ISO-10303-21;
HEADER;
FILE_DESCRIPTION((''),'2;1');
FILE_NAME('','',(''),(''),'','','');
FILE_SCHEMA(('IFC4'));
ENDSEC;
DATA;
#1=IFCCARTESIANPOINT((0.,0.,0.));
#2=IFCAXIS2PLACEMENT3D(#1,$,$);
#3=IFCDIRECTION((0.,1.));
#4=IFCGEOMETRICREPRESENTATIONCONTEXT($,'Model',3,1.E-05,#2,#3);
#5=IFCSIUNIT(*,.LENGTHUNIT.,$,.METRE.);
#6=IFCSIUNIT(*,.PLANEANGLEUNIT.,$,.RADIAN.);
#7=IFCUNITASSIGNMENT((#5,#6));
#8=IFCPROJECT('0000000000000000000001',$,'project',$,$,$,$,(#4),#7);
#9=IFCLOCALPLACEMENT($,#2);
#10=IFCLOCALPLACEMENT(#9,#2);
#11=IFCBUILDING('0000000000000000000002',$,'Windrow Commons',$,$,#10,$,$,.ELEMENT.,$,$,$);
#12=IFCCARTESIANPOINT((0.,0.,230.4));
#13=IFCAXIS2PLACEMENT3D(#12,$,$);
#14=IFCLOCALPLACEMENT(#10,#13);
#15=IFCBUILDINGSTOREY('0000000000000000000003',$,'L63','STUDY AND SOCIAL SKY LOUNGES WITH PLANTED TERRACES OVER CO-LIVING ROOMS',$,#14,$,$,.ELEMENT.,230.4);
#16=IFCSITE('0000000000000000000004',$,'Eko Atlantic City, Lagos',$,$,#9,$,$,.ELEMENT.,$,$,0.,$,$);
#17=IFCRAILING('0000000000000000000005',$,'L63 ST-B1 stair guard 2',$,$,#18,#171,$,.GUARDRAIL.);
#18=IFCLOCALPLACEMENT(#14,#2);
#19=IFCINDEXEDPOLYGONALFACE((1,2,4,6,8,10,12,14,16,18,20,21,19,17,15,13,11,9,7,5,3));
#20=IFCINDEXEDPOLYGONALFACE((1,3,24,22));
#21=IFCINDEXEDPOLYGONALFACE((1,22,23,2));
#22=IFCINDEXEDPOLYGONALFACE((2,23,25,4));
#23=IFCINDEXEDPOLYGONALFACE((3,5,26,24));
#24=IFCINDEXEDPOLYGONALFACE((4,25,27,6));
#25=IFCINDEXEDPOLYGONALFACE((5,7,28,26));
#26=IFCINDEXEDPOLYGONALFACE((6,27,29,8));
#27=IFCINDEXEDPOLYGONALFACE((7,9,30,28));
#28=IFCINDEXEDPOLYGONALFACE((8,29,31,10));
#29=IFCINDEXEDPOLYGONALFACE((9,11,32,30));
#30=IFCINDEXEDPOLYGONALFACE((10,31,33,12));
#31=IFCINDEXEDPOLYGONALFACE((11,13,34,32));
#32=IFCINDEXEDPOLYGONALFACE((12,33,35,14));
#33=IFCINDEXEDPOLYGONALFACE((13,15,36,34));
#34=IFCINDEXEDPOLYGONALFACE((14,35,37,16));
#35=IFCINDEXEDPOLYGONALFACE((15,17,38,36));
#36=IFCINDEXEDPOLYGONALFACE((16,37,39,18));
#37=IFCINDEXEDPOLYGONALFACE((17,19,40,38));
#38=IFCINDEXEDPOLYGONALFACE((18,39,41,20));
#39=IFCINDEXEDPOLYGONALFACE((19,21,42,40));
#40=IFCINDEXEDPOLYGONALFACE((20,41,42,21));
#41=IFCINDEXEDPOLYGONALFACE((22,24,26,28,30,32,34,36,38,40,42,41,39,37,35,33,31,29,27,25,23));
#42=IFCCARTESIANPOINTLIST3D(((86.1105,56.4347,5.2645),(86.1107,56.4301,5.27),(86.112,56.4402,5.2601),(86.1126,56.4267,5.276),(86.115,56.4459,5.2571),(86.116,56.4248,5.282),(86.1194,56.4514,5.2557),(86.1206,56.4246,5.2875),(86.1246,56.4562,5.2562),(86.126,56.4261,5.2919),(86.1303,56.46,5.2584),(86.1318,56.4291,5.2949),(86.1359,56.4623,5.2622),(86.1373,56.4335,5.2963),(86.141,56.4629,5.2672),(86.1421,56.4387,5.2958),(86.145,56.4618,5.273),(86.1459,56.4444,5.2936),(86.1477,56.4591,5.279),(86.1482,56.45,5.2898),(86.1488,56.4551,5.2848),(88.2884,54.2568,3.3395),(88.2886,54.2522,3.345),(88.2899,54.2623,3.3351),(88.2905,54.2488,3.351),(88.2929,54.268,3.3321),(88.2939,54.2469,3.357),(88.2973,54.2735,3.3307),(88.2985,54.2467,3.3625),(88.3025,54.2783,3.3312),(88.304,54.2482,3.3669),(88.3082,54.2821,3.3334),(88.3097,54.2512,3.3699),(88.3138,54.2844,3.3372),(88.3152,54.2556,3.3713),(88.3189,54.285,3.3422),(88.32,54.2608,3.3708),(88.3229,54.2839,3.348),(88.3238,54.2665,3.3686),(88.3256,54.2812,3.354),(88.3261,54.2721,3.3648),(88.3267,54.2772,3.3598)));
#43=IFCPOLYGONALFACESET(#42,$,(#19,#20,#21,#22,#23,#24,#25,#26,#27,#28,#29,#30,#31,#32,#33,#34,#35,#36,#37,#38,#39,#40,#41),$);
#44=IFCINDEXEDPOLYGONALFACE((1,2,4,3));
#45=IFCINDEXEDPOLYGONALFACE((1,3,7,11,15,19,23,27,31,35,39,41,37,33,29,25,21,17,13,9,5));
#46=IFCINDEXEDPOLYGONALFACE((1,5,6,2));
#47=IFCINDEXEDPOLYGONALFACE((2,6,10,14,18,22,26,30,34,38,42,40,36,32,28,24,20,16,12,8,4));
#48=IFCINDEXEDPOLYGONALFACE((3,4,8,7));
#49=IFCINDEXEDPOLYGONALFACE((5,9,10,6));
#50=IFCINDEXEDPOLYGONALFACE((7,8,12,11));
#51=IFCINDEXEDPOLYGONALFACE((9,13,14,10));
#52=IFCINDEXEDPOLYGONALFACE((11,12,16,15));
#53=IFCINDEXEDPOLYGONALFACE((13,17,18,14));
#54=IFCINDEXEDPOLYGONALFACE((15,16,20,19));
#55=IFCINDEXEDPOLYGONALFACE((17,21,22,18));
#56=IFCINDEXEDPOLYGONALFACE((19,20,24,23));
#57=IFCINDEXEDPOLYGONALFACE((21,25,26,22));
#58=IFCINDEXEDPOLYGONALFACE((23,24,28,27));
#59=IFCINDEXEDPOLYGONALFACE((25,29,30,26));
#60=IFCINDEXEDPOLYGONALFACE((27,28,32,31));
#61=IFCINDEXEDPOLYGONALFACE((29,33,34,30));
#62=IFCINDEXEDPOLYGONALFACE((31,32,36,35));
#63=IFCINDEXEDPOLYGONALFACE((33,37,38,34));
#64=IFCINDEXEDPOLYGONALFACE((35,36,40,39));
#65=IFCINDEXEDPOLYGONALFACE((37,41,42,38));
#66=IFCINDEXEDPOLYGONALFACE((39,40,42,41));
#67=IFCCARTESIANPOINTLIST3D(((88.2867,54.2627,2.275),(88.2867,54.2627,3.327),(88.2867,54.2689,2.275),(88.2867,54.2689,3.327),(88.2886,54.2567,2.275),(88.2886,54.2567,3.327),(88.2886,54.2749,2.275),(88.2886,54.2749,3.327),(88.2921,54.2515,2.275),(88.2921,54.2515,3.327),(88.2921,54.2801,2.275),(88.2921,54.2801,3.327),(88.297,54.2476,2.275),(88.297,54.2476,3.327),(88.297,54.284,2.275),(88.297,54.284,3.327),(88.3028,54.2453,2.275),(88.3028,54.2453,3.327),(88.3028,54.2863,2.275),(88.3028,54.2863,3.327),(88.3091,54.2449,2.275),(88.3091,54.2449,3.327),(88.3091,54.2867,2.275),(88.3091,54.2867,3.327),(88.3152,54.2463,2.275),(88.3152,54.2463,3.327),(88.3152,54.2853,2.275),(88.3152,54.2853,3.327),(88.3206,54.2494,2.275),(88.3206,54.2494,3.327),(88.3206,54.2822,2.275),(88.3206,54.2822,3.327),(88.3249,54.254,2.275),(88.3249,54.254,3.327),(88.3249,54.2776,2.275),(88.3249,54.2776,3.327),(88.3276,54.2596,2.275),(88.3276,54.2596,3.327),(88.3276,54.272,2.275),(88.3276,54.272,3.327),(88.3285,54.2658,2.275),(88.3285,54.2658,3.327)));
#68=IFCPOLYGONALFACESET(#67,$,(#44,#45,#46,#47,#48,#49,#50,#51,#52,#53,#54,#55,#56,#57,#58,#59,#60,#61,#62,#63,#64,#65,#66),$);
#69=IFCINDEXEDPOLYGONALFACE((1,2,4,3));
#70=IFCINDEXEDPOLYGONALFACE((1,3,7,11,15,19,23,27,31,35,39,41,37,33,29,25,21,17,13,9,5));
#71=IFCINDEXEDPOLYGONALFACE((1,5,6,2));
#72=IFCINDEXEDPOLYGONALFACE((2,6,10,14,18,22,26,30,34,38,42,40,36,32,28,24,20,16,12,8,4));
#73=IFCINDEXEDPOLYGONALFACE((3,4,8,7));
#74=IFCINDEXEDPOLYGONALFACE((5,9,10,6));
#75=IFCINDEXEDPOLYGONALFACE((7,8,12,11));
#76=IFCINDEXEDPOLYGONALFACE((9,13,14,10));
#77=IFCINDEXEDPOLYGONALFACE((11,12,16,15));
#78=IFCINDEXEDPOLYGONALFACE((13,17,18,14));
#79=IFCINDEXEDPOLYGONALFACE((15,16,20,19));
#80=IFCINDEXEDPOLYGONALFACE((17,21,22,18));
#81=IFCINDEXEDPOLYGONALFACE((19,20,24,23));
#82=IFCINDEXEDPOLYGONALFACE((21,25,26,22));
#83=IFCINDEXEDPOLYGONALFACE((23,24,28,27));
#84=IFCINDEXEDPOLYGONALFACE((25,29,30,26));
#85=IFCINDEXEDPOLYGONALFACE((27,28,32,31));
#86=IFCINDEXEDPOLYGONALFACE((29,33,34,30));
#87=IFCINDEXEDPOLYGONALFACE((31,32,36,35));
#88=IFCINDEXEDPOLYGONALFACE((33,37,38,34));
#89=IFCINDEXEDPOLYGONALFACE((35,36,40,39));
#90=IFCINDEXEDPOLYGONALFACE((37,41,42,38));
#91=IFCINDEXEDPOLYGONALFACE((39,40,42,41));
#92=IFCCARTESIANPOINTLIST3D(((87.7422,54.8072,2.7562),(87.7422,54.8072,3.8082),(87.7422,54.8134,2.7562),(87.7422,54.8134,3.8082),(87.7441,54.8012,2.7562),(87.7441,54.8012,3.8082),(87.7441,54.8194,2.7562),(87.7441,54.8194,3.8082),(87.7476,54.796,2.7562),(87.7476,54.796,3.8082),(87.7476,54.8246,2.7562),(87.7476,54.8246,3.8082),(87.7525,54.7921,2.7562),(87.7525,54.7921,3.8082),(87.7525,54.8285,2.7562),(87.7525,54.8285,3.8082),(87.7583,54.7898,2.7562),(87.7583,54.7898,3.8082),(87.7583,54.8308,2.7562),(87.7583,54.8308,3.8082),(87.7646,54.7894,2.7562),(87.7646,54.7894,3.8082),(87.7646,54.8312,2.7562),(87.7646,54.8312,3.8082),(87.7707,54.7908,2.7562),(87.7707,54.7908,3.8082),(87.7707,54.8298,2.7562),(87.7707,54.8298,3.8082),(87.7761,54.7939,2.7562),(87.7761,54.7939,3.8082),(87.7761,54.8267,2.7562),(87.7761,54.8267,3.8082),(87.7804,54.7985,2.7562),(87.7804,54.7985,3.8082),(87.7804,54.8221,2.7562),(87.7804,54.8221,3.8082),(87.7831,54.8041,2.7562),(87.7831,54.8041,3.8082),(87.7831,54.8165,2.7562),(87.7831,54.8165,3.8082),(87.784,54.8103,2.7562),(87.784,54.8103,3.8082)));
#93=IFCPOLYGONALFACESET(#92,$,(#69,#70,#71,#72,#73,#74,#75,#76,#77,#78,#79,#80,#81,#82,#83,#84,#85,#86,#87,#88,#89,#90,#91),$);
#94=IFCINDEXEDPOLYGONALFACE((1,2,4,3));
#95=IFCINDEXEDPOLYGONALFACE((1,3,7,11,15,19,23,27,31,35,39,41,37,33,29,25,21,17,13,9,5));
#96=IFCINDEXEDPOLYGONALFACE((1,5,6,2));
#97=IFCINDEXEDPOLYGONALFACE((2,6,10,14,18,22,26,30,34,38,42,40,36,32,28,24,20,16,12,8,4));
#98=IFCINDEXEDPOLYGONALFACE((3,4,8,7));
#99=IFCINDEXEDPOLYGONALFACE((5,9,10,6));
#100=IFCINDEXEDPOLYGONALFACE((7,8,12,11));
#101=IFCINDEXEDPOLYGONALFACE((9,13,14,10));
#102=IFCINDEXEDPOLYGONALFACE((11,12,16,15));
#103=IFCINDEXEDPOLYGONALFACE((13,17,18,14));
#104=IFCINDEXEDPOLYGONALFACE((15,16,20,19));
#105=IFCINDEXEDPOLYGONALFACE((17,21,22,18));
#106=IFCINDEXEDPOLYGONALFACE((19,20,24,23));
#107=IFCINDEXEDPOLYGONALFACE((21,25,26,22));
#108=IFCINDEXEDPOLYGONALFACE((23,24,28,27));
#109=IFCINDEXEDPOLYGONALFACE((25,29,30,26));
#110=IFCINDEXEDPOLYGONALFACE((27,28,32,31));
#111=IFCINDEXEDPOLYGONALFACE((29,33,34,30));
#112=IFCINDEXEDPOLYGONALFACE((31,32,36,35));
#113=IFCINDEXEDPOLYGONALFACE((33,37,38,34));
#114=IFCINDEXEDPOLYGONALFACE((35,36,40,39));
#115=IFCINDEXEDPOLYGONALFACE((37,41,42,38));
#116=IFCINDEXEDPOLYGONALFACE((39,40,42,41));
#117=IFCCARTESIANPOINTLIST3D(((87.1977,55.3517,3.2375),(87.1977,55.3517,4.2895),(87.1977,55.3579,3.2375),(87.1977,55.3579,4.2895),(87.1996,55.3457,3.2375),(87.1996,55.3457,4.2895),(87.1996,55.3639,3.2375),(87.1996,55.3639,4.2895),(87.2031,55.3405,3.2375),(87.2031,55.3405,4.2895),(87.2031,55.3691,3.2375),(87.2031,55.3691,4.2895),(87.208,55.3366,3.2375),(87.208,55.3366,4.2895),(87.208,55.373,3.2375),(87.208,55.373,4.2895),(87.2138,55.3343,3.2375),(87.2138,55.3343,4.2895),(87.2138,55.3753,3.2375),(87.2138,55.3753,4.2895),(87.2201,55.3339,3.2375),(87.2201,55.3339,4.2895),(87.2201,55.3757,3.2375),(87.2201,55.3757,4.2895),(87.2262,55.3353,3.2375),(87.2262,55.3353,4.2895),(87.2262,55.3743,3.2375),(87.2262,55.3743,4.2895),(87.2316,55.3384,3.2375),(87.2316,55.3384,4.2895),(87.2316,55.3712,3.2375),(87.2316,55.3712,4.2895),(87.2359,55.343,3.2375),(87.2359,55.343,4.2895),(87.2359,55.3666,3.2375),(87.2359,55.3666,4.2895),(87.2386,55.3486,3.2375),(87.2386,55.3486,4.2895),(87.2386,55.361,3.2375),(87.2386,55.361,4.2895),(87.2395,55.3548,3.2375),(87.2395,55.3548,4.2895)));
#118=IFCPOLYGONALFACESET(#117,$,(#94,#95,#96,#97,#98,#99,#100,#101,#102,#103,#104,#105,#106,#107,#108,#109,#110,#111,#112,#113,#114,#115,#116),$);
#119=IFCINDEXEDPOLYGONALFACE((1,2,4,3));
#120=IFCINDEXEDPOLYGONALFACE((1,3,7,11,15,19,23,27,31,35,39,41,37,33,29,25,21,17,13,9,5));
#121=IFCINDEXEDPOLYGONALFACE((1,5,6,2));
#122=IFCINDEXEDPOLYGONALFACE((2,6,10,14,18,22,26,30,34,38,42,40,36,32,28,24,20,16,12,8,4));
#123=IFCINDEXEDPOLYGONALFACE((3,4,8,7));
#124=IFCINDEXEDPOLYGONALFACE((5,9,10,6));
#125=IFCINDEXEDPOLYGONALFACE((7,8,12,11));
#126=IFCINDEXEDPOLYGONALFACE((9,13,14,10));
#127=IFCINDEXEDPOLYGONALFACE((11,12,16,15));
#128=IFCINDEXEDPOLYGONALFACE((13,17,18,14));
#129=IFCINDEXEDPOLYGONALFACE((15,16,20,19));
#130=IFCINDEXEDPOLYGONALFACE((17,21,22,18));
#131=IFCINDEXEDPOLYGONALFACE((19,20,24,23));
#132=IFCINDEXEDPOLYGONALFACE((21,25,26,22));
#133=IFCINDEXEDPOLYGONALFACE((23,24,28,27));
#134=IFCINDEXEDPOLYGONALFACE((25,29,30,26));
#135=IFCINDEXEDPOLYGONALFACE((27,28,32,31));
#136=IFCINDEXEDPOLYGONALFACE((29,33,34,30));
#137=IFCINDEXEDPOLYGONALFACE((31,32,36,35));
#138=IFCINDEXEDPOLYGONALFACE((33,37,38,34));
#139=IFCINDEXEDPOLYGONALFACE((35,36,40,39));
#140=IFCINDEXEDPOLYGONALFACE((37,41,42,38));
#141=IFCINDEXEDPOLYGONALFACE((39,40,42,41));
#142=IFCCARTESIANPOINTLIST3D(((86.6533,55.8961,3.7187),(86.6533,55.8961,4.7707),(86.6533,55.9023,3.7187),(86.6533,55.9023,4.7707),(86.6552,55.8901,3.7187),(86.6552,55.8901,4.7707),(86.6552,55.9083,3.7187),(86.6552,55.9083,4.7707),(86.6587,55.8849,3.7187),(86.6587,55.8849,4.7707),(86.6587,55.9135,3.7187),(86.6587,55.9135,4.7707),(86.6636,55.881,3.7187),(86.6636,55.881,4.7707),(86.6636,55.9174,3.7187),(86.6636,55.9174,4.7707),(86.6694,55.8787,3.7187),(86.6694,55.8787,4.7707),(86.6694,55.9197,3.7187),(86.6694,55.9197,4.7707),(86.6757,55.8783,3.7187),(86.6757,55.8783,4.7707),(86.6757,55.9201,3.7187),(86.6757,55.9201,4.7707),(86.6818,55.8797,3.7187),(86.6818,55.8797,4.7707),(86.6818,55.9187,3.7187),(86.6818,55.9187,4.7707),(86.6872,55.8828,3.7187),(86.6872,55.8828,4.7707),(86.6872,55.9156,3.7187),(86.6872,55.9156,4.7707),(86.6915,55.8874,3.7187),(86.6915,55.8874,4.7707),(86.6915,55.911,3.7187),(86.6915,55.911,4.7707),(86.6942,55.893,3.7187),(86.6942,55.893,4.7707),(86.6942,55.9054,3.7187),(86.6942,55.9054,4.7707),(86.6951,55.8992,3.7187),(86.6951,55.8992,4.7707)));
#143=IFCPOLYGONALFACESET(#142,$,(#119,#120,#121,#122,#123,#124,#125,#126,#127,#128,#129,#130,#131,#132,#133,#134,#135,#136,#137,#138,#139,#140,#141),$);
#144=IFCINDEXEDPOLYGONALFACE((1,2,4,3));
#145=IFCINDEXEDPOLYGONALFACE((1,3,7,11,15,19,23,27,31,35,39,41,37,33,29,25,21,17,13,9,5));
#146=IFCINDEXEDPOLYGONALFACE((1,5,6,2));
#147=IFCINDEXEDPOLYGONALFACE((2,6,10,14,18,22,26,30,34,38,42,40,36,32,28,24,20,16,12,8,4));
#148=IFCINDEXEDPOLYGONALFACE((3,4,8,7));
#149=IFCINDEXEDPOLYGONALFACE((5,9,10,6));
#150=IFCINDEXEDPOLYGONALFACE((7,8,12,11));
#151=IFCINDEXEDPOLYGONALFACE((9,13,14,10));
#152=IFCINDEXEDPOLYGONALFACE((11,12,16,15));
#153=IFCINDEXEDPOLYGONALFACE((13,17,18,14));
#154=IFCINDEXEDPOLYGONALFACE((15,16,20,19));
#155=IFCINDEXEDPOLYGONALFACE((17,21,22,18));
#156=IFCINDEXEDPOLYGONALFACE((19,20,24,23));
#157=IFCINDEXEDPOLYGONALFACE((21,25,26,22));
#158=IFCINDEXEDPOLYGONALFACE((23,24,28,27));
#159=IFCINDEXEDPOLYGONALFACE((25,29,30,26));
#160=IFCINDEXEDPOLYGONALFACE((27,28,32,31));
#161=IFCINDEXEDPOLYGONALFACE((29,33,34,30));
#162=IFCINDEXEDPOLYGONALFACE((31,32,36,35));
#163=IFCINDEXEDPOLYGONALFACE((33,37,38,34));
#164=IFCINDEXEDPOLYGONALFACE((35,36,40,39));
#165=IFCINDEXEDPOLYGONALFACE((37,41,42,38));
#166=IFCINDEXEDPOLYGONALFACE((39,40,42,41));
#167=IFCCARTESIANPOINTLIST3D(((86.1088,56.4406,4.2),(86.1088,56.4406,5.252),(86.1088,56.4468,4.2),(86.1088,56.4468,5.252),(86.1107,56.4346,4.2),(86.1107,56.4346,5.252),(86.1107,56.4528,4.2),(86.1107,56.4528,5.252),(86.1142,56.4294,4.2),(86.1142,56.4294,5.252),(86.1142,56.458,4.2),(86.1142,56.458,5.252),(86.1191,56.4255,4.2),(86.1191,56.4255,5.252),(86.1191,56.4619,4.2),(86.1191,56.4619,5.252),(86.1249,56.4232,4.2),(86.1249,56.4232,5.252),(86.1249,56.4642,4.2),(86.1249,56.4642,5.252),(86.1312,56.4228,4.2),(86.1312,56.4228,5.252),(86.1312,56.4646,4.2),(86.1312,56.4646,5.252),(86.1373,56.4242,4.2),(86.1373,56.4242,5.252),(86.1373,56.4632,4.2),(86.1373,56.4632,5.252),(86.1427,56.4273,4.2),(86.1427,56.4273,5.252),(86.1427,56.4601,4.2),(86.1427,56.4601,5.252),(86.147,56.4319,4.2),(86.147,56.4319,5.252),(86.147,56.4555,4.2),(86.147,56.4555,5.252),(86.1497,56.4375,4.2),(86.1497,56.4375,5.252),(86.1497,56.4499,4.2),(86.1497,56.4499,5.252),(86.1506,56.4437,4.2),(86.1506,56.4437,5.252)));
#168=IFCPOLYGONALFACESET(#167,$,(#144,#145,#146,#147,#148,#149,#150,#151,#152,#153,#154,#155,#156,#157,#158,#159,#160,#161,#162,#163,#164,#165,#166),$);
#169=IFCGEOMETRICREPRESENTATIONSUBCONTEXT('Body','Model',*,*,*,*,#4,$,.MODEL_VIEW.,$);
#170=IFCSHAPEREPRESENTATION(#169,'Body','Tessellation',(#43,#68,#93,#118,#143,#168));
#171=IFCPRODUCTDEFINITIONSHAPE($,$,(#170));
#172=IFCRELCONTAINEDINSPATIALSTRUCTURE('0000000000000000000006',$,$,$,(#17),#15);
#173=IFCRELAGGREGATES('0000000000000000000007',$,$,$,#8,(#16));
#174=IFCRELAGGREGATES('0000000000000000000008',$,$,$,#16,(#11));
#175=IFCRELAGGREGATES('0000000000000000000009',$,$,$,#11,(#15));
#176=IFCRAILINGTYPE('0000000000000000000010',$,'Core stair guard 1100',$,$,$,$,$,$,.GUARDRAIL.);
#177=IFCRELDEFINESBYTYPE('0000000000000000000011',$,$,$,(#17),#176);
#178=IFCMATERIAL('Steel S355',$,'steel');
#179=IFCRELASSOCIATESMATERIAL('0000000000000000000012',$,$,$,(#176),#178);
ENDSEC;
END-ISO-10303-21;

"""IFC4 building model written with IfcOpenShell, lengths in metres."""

from ifc_helpers import new_model, si_unit, direction, frame, origin, origin_2d, place, context, subcontext, project, spatial, circle, extrude, material, type_object, element, save


model = new_model("IFC4")

# Units and contexts
model_context = context("Model", 3, precision=1e-05, world=origin(), true_north=direction((0.0, 1.0)))
body_context = subcontext(model_context, "Body", "Model", "MODEL_VIEW")
ifc_project = project(units=[si_unit("LENGTHUNIT", "METRE"), si_unit("PLANEANGLEUNIT", "RADIAN")], contexts=[model_context])

# Site, building, storey
site_placement = place(None, origin())
site = spatial("IfcSite", under=ifc_project, at=site_placement, Name="Eko Atlantic City, Lagos", CompositionType="ELEMENT", RefElevation=0.0)
building_placement = place(site_placement, origin())
building = spatial("IfcBuilding", under=site, at=building_placement, Name="Windrow Commons", CompositionType="ELEMENT")
storey_placement = place(building_placement, frame((0.0, 0.0, 230.4)))
storey = spatial("IfcBuildingStorey", under=building, at=storey_placement, Name="L63", Description="STUDY AND SOCIAL SKY LOUNGES WITH PLANTED TERRACES OVER CO-LIVING ROOMS", CompositionType="ELEMENT", Elevation=230.4)

# Railing
ifc_material_1 = material(Name="Steel S355", Category="steel")
railing_type_1 = type_object("IfcRailingType", Name="Core stair guard 1100", PredefinedType="GUARDRAIL", material=ifc_material_1)
railing_1_placement = place(storey_placement, frame((88.3075, 54.2658, 2.275)))
element("IfcRailing", 1, at=railing_1_placement, inside=storey, type_object=railing_type_1, Name="L63 ST-B1 stair guard 2", PredefinedType="GUARDRAIL", context=body_context, shape_type="SweptSolid", body=[
    extrude(circle(Radius=0.024, at=origin_2d()), frame((0.0, 0.0, 1.076), z_axis=(-0.599626, 0.599626, 0.529997), x_axis=(-0.707107, -0.707107, 0.0)), (0.0, 0.0, 1.0), 3.6321),
    extrude(circle(Radius=0.021, at=origin_2d()), origin(), (0.0, 0.0, 1.0), 1.052),
    extrude(circle(Radius=0.021, at=origin_2d()), frame((-0.5445, 0.5445, 0.4812)), (0.0, 0.0, 1.0), 1.052),
    extrude(circle(Radius=0.021, at=origin_2d()), frame((-1.089, 1.089, 0.9625)), (0.0, 0.0, 1.0), 1.052),
    extrude(circle(Radius=0.021, at=origin_2d()), frame((-1.6334, 1.6334, 1.4437)), (0.0, 0.0, 1.0), 1.052),
    extrude(circle(Radius=0.021, at=origin_2d()), frame((-2.1779, 2.1779, 1.925)), (0.0, 0.0, 1.0), 1.052),
])

save(model, "model.ifc")
